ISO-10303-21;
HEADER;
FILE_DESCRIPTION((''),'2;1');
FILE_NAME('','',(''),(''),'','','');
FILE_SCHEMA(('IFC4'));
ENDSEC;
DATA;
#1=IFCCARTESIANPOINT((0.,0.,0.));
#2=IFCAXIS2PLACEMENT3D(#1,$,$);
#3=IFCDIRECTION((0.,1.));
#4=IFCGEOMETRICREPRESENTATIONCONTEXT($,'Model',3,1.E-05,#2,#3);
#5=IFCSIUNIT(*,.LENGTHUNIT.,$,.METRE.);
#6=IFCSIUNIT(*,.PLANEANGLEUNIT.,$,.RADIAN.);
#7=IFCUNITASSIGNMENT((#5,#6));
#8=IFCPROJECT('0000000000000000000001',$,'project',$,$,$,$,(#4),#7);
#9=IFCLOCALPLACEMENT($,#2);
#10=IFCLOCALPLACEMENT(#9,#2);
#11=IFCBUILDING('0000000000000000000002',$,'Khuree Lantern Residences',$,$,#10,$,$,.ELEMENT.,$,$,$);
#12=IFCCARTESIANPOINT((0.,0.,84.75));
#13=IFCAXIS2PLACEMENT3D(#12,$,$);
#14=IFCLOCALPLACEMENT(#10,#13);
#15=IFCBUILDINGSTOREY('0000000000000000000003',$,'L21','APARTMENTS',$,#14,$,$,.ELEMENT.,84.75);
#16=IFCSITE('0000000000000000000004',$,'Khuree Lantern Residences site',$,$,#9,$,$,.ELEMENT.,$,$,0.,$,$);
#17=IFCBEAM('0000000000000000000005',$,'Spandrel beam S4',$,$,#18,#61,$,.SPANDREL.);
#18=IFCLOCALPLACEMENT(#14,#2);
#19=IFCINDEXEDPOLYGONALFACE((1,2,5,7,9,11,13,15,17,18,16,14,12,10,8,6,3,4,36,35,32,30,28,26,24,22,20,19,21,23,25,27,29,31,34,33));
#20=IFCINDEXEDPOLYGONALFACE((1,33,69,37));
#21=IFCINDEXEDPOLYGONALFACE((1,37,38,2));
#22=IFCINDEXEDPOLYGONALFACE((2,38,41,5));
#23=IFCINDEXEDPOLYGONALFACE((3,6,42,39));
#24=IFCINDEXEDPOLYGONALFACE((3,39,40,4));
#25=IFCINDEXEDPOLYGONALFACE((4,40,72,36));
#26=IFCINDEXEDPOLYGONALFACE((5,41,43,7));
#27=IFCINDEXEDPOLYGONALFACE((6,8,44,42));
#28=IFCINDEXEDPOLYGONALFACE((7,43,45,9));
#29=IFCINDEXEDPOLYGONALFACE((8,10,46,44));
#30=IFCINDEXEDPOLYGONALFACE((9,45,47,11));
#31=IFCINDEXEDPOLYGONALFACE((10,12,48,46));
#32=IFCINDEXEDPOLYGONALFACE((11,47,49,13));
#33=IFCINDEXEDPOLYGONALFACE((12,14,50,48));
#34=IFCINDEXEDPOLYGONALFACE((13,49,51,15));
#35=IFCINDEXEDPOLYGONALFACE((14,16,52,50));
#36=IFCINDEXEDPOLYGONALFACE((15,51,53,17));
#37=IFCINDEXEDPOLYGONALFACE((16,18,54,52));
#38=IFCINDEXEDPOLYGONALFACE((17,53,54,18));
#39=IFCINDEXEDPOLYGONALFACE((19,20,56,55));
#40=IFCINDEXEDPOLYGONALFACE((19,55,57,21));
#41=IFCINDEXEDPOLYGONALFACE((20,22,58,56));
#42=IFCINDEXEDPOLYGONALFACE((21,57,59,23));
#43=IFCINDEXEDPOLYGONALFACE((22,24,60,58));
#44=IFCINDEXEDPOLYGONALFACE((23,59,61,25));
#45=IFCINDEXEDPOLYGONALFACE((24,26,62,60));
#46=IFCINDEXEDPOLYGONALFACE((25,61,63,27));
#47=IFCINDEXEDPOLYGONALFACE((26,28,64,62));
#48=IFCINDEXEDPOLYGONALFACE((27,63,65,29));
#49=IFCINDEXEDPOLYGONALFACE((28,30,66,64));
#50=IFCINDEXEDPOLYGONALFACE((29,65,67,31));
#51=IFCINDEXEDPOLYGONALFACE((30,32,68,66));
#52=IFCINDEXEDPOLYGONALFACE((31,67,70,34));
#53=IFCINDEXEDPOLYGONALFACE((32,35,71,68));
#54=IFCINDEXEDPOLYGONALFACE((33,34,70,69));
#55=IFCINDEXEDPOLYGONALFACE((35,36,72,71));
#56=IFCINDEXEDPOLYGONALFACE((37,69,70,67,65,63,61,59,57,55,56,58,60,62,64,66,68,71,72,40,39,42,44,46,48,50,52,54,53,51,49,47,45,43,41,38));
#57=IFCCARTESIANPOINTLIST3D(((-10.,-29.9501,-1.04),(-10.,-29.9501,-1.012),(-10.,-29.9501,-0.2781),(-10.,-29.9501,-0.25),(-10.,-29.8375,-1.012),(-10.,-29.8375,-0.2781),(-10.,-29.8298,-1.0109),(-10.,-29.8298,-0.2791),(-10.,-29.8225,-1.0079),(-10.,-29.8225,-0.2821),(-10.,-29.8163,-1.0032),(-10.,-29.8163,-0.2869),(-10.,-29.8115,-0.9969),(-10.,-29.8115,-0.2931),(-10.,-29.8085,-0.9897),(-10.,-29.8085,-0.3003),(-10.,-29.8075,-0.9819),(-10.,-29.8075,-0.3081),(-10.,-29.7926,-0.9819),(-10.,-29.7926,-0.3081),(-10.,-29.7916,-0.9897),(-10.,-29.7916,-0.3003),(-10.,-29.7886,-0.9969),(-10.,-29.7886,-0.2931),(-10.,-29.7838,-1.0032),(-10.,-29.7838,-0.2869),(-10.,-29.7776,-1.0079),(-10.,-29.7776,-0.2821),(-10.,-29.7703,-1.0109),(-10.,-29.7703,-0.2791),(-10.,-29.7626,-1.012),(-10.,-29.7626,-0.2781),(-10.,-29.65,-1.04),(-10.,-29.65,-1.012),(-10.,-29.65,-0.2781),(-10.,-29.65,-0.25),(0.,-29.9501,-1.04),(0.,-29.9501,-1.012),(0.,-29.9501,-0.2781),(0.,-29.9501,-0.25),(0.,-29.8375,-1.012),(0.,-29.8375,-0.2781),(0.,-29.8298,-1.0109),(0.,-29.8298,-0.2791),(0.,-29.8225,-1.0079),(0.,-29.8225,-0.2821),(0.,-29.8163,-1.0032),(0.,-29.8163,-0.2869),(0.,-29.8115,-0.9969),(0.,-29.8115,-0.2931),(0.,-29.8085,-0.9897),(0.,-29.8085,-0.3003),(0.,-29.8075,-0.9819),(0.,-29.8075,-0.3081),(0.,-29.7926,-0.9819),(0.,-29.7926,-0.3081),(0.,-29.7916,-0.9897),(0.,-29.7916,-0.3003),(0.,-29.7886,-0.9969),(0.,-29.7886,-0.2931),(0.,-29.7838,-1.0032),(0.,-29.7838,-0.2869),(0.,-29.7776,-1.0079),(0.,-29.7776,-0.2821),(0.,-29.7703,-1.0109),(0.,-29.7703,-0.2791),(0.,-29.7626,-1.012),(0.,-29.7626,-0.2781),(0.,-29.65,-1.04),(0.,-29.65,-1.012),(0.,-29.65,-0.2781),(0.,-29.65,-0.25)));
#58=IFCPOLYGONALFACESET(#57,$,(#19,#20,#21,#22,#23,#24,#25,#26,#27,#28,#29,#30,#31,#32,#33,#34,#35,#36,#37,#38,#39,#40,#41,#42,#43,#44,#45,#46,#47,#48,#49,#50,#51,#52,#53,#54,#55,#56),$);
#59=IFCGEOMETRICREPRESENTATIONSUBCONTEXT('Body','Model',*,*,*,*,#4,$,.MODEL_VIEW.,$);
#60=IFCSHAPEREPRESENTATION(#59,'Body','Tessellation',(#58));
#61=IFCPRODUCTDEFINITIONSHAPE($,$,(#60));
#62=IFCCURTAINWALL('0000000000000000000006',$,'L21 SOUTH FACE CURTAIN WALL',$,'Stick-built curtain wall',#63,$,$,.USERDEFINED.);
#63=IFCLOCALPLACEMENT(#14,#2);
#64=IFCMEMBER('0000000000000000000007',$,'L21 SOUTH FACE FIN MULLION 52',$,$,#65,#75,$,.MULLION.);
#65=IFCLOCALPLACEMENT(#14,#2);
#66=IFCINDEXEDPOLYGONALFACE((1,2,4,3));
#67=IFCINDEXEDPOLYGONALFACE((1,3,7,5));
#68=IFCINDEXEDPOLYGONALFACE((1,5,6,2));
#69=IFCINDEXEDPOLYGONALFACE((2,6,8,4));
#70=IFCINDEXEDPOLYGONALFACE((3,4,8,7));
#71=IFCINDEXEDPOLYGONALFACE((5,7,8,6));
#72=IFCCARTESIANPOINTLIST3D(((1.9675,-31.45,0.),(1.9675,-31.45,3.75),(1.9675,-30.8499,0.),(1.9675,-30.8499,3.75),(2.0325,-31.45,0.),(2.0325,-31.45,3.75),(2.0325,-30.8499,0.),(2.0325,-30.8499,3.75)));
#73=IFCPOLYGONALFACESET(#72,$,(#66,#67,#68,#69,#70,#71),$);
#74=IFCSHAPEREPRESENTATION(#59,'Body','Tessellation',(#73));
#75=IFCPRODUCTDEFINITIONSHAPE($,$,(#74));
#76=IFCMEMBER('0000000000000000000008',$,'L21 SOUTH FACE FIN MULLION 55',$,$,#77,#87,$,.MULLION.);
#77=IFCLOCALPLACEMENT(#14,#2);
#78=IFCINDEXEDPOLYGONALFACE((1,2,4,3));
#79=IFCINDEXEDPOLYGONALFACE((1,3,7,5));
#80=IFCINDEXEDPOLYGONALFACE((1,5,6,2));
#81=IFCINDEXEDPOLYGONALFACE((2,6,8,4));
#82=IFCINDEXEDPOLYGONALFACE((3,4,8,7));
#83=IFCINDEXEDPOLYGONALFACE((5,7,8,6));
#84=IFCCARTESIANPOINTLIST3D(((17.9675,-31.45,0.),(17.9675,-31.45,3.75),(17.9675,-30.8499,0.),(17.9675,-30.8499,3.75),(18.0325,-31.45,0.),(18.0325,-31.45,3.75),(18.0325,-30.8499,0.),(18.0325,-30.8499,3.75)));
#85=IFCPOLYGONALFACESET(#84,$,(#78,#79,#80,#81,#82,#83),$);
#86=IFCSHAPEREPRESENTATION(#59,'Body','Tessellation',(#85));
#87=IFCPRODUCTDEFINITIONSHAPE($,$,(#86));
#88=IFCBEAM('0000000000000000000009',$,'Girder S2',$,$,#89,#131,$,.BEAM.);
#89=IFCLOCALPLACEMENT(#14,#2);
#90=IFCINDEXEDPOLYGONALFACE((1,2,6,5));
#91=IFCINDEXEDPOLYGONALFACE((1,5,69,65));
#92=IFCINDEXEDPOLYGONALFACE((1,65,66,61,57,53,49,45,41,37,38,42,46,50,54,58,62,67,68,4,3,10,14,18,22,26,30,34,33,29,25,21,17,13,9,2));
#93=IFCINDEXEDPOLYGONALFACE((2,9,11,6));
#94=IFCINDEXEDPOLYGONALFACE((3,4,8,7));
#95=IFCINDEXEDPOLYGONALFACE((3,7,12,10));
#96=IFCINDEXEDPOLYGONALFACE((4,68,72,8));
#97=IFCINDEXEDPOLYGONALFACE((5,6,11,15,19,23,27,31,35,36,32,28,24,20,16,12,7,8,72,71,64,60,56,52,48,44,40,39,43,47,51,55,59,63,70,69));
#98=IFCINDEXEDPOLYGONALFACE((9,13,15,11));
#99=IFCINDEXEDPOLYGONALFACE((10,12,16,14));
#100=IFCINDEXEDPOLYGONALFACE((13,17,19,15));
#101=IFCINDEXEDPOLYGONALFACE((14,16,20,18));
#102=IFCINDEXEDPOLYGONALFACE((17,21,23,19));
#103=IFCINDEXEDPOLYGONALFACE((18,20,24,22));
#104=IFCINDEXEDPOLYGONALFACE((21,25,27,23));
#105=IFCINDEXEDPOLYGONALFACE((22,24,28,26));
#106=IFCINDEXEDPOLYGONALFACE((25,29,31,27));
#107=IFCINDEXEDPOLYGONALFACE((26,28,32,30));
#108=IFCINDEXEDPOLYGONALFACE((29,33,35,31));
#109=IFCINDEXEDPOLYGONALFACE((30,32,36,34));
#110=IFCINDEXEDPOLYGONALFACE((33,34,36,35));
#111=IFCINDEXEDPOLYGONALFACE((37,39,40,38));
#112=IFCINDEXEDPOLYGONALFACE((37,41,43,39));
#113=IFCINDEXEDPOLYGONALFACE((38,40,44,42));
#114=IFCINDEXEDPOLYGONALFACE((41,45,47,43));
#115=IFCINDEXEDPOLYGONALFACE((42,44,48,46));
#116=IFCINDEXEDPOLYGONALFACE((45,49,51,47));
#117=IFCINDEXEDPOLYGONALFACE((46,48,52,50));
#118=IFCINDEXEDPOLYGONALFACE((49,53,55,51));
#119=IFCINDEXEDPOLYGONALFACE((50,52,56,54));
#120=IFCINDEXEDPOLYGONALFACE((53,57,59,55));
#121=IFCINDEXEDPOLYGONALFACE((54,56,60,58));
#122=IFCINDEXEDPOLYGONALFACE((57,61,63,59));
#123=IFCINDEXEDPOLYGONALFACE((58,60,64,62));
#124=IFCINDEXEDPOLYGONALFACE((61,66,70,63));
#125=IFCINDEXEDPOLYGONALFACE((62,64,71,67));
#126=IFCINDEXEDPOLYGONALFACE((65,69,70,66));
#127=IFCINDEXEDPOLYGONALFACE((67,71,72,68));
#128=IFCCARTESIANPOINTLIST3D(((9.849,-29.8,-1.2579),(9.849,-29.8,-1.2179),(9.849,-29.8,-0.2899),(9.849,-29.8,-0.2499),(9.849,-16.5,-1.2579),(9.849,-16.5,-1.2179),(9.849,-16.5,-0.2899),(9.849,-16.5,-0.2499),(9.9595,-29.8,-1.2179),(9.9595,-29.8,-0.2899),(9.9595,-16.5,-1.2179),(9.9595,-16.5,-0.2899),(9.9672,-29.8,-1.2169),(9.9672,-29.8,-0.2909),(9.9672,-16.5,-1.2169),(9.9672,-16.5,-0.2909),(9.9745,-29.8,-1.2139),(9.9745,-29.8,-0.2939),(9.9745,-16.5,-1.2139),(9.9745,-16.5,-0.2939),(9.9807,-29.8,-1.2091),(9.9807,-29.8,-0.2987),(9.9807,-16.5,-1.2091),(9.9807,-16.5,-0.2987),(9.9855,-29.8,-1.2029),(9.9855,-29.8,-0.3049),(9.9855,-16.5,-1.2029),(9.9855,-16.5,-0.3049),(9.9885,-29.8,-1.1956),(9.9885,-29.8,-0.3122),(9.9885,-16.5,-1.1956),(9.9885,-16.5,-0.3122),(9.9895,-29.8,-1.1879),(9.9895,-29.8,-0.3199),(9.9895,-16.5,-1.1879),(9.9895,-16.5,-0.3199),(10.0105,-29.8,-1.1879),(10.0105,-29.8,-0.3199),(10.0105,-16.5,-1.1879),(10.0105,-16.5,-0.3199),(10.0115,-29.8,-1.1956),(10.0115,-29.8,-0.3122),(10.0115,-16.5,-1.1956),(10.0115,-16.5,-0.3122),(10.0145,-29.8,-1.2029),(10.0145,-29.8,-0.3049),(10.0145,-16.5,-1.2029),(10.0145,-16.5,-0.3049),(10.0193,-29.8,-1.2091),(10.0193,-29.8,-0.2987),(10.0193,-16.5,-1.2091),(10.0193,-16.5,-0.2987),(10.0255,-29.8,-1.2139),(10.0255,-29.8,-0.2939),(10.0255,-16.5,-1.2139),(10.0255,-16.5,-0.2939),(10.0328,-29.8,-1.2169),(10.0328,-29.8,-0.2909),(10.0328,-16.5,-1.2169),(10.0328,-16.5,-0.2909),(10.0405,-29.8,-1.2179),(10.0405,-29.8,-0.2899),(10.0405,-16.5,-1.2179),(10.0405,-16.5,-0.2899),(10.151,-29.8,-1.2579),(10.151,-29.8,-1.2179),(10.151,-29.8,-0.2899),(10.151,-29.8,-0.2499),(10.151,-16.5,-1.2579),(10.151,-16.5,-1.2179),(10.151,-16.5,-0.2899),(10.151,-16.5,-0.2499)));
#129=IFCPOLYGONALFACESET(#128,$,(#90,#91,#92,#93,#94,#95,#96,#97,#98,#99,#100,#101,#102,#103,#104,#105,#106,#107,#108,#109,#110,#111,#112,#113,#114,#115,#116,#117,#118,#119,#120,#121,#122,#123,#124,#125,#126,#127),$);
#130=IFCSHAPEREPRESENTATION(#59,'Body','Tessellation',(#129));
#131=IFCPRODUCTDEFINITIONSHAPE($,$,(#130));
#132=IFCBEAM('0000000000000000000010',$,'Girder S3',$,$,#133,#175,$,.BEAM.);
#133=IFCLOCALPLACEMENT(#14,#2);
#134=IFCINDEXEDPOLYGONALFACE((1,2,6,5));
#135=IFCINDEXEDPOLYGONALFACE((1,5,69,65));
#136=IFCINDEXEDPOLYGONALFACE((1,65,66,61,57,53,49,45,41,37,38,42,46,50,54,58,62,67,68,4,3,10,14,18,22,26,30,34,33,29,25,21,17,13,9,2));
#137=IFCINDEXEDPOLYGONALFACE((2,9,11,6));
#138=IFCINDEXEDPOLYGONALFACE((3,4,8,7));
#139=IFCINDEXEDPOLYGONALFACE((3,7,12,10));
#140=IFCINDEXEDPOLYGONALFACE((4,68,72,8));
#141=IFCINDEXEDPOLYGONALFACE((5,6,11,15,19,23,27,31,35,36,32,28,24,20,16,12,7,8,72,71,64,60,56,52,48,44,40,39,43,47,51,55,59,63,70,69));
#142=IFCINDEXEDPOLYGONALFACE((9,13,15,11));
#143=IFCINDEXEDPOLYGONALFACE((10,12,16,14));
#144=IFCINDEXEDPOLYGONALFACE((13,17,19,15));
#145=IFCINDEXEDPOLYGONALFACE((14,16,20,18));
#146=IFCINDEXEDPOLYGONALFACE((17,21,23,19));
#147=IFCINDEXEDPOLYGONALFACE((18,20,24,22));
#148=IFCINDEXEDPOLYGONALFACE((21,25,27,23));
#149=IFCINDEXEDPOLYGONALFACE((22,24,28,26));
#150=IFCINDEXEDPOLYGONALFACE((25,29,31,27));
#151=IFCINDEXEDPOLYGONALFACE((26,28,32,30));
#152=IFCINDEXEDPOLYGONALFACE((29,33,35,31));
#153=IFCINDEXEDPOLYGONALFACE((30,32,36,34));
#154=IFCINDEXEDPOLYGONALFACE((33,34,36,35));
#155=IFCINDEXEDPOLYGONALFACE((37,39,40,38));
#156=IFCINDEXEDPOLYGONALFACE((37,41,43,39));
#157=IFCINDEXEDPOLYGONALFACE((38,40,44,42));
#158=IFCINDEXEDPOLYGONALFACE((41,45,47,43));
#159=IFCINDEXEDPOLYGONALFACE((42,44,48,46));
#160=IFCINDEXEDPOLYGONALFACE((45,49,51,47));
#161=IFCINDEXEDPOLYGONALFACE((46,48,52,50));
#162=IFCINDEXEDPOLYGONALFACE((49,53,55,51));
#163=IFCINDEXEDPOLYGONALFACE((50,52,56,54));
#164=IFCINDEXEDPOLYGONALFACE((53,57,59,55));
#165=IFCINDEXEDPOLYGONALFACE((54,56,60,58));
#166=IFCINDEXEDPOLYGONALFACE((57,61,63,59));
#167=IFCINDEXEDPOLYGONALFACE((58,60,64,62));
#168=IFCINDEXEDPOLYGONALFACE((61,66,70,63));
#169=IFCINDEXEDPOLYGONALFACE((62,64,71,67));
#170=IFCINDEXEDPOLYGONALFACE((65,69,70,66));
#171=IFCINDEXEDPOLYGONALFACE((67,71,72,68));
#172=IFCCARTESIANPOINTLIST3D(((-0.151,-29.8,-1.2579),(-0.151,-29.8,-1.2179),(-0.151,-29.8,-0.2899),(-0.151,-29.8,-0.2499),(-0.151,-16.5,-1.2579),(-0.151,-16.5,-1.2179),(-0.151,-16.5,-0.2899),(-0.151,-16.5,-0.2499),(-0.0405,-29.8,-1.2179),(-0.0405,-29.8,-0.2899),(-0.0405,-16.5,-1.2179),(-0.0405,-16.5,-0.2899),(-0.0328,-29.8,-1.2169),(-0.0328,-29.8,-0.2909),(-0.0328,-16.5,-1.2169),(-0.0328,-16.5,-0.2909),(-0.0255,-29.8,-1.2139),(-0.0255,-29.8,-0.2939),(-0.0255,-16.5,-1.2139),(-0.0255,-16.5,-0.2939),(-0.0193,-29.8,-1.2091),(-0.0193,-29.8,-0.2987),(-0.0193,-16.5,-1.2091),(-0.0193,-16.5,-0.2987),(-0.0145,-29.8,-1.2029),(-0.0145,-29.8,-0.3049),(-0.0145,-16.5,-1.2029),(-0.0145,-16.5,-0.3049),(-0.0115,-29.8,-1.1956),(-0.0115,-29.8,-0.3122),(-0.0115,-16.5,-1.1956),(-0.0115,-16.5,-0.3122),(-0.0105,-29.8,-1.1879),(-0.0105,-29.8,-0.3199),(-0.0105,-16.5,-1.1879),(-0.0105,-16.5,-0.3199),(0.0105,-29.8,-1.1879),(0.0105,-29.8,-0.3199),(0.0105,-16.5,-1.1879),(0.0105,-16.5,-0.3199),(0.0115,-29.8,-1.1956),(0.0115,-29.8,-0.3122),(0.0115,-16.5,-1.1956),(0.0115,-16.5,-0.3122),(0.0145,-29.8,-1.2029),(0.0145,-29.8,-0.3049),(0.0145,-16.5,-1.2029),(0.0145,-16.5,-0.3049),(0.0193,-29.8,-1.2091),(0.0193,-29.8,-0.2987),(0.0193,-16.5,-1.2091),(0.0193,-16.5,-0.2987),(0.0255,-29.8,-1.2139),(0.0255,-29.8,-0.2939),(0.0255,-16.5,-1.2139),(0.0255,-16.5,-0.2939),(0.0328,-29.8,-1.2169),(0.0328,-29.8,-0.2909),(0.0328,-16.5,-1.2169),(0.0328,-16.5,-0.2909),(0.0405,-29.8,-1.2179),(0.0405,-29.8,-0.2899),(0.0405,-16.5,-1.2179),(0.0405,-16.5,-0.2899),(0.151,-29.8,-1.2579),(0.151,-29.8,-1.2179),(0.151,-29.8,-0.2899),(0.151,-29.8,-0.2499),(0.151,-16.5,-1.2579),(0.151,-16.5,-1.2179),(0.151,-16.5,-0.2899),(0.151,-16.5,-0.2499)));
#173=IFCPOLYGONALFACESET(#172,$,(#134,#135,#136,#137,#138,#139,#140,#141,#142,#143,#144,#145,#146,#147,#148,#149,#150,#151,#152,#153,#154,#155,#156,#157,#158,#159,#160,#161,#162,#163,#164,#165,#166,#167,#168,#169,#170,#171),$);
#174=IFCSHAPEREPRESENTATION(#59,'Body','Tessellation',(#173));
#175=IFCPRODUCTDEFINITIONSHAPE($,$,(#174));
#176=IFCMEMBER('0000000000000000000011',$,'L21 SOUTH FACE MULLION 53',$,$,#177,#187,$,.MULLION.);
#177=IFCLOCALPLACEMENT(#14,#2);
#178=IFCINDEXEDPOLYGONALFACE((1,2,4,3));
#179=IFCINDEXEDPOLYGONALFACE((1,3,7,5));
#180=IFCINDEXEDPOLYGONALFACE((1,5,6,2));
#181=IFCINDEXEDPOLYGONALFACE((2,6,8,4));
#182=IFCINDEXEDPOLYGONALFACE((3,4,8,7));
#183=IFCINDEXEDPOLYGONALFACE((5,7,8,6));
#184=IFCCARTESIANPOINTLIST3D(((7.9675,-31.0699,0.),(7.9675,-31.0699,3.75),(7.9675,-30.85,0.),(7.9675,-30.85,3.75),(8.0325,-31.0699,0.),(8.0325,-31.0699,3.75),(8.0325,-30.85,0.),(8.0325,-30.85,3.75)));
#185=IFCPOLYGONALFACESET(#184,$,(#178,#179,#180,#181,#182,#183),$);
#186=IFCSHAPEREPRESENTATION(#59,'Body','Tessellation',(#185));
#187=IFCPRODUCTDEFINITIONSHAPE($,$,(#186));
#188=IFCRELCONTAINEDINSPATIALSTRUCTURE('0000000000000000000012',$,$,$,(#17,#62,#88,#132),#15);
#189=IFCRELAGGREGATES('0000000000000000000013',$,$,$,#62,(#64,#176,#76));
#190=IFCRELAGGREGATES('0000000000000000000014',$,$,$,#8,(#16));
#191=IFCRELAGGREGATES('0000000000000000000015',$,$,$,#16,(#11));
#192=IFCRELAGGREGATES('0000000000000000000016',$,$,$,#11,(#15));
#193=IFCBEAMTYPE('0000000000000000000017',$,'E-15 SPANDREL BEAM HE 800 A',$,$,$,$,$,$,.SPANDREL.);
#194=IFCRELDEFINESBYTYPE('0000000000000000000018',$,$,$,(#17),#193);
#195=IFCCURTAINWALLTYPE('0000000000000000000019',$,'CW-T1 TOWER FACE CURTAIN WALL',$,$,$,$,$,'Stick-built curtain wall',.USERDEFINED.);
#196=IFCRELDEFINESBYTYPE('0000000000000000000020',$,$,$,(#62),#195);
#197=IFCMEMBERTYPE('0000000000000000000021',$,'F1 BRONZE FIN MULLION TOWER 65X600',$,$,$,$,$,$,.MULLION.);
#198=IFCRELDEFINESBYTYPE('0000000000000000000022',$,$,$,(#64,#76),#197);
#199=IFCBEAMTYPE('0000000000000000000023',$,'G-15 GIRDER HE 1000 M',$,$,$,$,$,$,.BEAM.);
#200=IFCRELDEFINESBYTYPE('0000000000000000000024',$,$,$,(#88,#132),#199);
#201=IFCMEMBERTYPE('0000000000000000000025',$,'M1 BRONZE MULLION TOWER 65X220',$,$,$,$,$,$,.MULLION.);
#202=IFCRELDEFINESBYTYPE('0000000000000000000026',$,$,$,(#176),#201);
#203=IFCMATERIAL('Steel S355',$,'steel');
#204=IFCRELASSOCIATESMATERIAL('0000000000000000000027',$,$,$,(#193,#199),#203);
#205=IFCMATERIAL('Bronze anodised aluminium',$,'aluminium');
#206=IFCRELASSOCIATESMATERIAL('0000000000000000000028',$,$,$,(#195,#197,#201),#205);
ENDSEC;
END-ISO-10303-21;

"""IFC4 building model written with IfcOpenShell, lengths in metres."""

from ifc_helpers import new_model, si_unit, direction, frame, origin, origin_2d, place, context, subcontext, project, spatial, rectangle, i_section, extrude, material, material_profile, profile_set, type_object, element, aggregate, save


model = new_model("IFC4")

# Units and contexts
model_context = context("Model", 3, precision=1e-05, world=origin(), true_north=direction((0.0, 1.0)))
body_context = subcontext(model_context, "Body", "Model", "MODEL_VIEW")
ifc_project = project(units=[si_unit("LENGTHUNIT", "METRE"), si_unit("PLANEANGLEUNIT", "RADIAN")], contexts=[model_context])

# Site, building, storey
site_placement = place(None, origin())
site = spatial("IfcSite", under=ifc_project, at=site_placement, Name="Khuree Lantern Residences site", CompositionType="ELEMENT", RefElevation=0.0)
building_placement = place(site_placement, origin())
building = spatial("IfcBuilding", under=site, at=building_placement, Name="Khuree Lantern Residences", CompositionType="ELEMENT")
storey_placement = place(building_placement, frame((0.0, 0.0, 84.75)))
storey = spatial("IfcBuildingStorey", under=building, at=storey_placement, Name="L21", Description="APARTMENTS", CompositionType="ELEMENT", Elevation=84.75)

# Beam
ifc_material_1 = material(Name="Steel S355", Category="steel")
ifc_material_profile_1 = material_profile(ifc_material_1, i_section(OverallWidth=0.3, OverallDepth=0.79, WebThickness=0.0149, FlangeThickness=0.0281, FilletRadius=0.03, at=origin_2d()), Name="HE 800 A")
ifc_profile_set_1 = profile_set([ifc_material_profile_1], Name="Steel S355")
beam_type_1 = type_object("IfcBeamType", Name="E-15 SPANDREL BEAM HE 800 A", PredefinedType="SPANDREL", material=ifc_profile_set_1)
for number, where, z_axis, x_axis, name in (
    (1, (0.0, -29.8, -0.645), (-1.0, 0.0, 0.0), (0.0, -1.0, 0.0), "Spandrel beam S4"),
):
    element("IfcBeam", number, at=place(storey_placement, frame(where, z_axis=z_axis, x_axis=x_axis)), inside=storey, type_object=beam_type_1, Name=name, PredefinedType="SPANDREL", context=body_context, shape_type="SweptSolid", body=[
        extrude(i_section(OverallWidth=0.3, OverallDepth=0.79, WebThickness=0.0149, FlangeThickness=0.0281, FilletRadius=0.03, at=origin_2d()), origin(), (0.0, 0.0, 1.0), 10.0),
    ])

# Curtain wall, members
ifc_material_2 = material(Name="Bronze anodised aluminium", Category="aluminium")
curtain_wall_type = type_object("IfcCurtainWallType", Name="CW-T1 TOWER FACE CURTAIN WALL", ElementType="Stick-built curtain wall", PredefinedType="USERDEFINED", material=ifc_material_2)
curtain_wall_placement = place(storey_placement, origin())
curtain_wall = element("IfcCurtainWall", 2, at=curtain_wall_placement, inside=storey, type_object=curtain_wall_type, Name="L21 SOUTH FACE CURTAIN WALL", ObjectType="Stick-built curtain wall", PredefinedType="USERDEFINED")
ifc_material_profile_2 = material_profile(ifc_material_2, rectangle(XDim=0.0649, YDim=0.6001, at=origin_2d()), Name="F1 65X600")
ifc_profile_set_2 = profile_set([ifc_material_profile_2], Name="Bronze anodised aluminium")
member_type_1 = type_object("IfcMemberType", Name="F1 BRONZE FIN MULLION TOWER 65X600", PredefinedType="MULLION", material=ifc_profile_set_2)
member_1_placement = place(storey_placement, frame((2.0, -31.1499, 0.0), z_axis=(0.0, 0.0, 1.0), x_axis=(1.0, 0.0, 0.0)))
member_1 = element("IfcMember", 3, at=member_1_placement, type_object=member_type_1, Name="L21 SOUTH FACE FIN MULLION 52", PredefinedType="MULLION", context=body_context, shape_type="SweptSolid", body=[
    extrude(rectangle(XDim=0.0649, YDim=0.6001, at=origin_2d()), origin(), (0.0, 0.0, 1.0), 3.75),
])
member_2_placement = place(storey_placement, frame((18.0, -31.1499, 0.0), z_axis=(0.0, 0.0, 1.0), x_axis=(1.0, 0.0, 0.0)))
member_2 = element("IfcMember", 4, at=member_2_placement, type_object=member_type_1, Name="L21 SOUTH FACE FIN MULLION 55", PredefinedType="MULLION", context=body_context, shape_type="SweptSolid", body=[
    extrude(rectangle(XDim=0.0649, YDim=0.6001, at=origin_2d()), origin(), (0.0, 0.0, 1.0), 3.75),
])

# Beams
ifc_material_profile_3 = material_profile(ifc_material_1, i_section(OverallWidth=0.302, OverallDepth=1.0081, WebThickness=0.021, FlangeThickness=0.04, FilletRadius=0.03, at=origin_2d()), Name="HE 1000 M")
ifc_profile_set_3 = profile_set([ifc_material_profile_3], Name="Steel S355")
beam_type_2 = type_object("IfcBeamType", Name="G-15 GIRDER HE 1000 M", PredefinedType="BEAM", material=ifc_profile_set_3)
for number, where, z_axis, x_axis, name in (
    (5, (10.0, -29.8, -0.7539), (0.0, 1.0, 0.0), (-1.0, 0.0, 0.0), "Girder S2"),
    (6, (0.0, -29.8, -0.7539), (0.0, 1.0, 0.0), (-1.0, 0.0, 0.0), "Girder S3"),
):
    element("IfcBeam", number, at=place(storey_placement, frame(where, z_axis=z_axis, x_axis=x_axis)), inside=storey, type_object=beam_type_2, Name=name, PredefinedType="BEAM", context=body_context, shape_type="SweptSolid", body=[
        extrude(i_section(OverallWidth=0.302, OverallDepth=1.0081, WebThickness=0.021, FlangeThickness=0.04, FilletRadius=0.03, at=origin_2d()), origin(), (0.0, 0.0, 1.0), 13.3),
    ])

# Member
ifc_material_profile_4 = material_profile(ifc_material_2, rectangle(XDim=0.0649, YDim=0.22, at=origin_2d()), Name="M1 65X220")
ifc_profile_set_4 = profile_set([ifc_material_profile_4], Name="Bronze anodised aluminium")
member_type_2 = type_object("IfcMemberType", Name="M1 BRONZE MULLION TOWER 65X220", PredefinedType="MULLION", material=ifc_profile_set_4)
member_3_placement = place(storey_placement, frame((8.0, -30.96, 0.0), z_axis=(0.0, 0.0, 1.0), x_axis=(1.0, 0.0, 0.0)))
member_3 = element("IfcMember", 7, at=member_3_placement, type_object=member_type_2, Name="L21 SOUTH FACE MULLION 53", PredefinedType="MULLION", context=body_context, shape_type="SweptSolid", body=[
    extrude(rectangle(XDim=0.0649, YDim=0.22, at=origin_2d()), origin(), (0.0, 0.0, 1.0), 3.75),
])

aggregate(curtain_wall, [member_1, member_3, member_2])

save(model, "model.ifc")
